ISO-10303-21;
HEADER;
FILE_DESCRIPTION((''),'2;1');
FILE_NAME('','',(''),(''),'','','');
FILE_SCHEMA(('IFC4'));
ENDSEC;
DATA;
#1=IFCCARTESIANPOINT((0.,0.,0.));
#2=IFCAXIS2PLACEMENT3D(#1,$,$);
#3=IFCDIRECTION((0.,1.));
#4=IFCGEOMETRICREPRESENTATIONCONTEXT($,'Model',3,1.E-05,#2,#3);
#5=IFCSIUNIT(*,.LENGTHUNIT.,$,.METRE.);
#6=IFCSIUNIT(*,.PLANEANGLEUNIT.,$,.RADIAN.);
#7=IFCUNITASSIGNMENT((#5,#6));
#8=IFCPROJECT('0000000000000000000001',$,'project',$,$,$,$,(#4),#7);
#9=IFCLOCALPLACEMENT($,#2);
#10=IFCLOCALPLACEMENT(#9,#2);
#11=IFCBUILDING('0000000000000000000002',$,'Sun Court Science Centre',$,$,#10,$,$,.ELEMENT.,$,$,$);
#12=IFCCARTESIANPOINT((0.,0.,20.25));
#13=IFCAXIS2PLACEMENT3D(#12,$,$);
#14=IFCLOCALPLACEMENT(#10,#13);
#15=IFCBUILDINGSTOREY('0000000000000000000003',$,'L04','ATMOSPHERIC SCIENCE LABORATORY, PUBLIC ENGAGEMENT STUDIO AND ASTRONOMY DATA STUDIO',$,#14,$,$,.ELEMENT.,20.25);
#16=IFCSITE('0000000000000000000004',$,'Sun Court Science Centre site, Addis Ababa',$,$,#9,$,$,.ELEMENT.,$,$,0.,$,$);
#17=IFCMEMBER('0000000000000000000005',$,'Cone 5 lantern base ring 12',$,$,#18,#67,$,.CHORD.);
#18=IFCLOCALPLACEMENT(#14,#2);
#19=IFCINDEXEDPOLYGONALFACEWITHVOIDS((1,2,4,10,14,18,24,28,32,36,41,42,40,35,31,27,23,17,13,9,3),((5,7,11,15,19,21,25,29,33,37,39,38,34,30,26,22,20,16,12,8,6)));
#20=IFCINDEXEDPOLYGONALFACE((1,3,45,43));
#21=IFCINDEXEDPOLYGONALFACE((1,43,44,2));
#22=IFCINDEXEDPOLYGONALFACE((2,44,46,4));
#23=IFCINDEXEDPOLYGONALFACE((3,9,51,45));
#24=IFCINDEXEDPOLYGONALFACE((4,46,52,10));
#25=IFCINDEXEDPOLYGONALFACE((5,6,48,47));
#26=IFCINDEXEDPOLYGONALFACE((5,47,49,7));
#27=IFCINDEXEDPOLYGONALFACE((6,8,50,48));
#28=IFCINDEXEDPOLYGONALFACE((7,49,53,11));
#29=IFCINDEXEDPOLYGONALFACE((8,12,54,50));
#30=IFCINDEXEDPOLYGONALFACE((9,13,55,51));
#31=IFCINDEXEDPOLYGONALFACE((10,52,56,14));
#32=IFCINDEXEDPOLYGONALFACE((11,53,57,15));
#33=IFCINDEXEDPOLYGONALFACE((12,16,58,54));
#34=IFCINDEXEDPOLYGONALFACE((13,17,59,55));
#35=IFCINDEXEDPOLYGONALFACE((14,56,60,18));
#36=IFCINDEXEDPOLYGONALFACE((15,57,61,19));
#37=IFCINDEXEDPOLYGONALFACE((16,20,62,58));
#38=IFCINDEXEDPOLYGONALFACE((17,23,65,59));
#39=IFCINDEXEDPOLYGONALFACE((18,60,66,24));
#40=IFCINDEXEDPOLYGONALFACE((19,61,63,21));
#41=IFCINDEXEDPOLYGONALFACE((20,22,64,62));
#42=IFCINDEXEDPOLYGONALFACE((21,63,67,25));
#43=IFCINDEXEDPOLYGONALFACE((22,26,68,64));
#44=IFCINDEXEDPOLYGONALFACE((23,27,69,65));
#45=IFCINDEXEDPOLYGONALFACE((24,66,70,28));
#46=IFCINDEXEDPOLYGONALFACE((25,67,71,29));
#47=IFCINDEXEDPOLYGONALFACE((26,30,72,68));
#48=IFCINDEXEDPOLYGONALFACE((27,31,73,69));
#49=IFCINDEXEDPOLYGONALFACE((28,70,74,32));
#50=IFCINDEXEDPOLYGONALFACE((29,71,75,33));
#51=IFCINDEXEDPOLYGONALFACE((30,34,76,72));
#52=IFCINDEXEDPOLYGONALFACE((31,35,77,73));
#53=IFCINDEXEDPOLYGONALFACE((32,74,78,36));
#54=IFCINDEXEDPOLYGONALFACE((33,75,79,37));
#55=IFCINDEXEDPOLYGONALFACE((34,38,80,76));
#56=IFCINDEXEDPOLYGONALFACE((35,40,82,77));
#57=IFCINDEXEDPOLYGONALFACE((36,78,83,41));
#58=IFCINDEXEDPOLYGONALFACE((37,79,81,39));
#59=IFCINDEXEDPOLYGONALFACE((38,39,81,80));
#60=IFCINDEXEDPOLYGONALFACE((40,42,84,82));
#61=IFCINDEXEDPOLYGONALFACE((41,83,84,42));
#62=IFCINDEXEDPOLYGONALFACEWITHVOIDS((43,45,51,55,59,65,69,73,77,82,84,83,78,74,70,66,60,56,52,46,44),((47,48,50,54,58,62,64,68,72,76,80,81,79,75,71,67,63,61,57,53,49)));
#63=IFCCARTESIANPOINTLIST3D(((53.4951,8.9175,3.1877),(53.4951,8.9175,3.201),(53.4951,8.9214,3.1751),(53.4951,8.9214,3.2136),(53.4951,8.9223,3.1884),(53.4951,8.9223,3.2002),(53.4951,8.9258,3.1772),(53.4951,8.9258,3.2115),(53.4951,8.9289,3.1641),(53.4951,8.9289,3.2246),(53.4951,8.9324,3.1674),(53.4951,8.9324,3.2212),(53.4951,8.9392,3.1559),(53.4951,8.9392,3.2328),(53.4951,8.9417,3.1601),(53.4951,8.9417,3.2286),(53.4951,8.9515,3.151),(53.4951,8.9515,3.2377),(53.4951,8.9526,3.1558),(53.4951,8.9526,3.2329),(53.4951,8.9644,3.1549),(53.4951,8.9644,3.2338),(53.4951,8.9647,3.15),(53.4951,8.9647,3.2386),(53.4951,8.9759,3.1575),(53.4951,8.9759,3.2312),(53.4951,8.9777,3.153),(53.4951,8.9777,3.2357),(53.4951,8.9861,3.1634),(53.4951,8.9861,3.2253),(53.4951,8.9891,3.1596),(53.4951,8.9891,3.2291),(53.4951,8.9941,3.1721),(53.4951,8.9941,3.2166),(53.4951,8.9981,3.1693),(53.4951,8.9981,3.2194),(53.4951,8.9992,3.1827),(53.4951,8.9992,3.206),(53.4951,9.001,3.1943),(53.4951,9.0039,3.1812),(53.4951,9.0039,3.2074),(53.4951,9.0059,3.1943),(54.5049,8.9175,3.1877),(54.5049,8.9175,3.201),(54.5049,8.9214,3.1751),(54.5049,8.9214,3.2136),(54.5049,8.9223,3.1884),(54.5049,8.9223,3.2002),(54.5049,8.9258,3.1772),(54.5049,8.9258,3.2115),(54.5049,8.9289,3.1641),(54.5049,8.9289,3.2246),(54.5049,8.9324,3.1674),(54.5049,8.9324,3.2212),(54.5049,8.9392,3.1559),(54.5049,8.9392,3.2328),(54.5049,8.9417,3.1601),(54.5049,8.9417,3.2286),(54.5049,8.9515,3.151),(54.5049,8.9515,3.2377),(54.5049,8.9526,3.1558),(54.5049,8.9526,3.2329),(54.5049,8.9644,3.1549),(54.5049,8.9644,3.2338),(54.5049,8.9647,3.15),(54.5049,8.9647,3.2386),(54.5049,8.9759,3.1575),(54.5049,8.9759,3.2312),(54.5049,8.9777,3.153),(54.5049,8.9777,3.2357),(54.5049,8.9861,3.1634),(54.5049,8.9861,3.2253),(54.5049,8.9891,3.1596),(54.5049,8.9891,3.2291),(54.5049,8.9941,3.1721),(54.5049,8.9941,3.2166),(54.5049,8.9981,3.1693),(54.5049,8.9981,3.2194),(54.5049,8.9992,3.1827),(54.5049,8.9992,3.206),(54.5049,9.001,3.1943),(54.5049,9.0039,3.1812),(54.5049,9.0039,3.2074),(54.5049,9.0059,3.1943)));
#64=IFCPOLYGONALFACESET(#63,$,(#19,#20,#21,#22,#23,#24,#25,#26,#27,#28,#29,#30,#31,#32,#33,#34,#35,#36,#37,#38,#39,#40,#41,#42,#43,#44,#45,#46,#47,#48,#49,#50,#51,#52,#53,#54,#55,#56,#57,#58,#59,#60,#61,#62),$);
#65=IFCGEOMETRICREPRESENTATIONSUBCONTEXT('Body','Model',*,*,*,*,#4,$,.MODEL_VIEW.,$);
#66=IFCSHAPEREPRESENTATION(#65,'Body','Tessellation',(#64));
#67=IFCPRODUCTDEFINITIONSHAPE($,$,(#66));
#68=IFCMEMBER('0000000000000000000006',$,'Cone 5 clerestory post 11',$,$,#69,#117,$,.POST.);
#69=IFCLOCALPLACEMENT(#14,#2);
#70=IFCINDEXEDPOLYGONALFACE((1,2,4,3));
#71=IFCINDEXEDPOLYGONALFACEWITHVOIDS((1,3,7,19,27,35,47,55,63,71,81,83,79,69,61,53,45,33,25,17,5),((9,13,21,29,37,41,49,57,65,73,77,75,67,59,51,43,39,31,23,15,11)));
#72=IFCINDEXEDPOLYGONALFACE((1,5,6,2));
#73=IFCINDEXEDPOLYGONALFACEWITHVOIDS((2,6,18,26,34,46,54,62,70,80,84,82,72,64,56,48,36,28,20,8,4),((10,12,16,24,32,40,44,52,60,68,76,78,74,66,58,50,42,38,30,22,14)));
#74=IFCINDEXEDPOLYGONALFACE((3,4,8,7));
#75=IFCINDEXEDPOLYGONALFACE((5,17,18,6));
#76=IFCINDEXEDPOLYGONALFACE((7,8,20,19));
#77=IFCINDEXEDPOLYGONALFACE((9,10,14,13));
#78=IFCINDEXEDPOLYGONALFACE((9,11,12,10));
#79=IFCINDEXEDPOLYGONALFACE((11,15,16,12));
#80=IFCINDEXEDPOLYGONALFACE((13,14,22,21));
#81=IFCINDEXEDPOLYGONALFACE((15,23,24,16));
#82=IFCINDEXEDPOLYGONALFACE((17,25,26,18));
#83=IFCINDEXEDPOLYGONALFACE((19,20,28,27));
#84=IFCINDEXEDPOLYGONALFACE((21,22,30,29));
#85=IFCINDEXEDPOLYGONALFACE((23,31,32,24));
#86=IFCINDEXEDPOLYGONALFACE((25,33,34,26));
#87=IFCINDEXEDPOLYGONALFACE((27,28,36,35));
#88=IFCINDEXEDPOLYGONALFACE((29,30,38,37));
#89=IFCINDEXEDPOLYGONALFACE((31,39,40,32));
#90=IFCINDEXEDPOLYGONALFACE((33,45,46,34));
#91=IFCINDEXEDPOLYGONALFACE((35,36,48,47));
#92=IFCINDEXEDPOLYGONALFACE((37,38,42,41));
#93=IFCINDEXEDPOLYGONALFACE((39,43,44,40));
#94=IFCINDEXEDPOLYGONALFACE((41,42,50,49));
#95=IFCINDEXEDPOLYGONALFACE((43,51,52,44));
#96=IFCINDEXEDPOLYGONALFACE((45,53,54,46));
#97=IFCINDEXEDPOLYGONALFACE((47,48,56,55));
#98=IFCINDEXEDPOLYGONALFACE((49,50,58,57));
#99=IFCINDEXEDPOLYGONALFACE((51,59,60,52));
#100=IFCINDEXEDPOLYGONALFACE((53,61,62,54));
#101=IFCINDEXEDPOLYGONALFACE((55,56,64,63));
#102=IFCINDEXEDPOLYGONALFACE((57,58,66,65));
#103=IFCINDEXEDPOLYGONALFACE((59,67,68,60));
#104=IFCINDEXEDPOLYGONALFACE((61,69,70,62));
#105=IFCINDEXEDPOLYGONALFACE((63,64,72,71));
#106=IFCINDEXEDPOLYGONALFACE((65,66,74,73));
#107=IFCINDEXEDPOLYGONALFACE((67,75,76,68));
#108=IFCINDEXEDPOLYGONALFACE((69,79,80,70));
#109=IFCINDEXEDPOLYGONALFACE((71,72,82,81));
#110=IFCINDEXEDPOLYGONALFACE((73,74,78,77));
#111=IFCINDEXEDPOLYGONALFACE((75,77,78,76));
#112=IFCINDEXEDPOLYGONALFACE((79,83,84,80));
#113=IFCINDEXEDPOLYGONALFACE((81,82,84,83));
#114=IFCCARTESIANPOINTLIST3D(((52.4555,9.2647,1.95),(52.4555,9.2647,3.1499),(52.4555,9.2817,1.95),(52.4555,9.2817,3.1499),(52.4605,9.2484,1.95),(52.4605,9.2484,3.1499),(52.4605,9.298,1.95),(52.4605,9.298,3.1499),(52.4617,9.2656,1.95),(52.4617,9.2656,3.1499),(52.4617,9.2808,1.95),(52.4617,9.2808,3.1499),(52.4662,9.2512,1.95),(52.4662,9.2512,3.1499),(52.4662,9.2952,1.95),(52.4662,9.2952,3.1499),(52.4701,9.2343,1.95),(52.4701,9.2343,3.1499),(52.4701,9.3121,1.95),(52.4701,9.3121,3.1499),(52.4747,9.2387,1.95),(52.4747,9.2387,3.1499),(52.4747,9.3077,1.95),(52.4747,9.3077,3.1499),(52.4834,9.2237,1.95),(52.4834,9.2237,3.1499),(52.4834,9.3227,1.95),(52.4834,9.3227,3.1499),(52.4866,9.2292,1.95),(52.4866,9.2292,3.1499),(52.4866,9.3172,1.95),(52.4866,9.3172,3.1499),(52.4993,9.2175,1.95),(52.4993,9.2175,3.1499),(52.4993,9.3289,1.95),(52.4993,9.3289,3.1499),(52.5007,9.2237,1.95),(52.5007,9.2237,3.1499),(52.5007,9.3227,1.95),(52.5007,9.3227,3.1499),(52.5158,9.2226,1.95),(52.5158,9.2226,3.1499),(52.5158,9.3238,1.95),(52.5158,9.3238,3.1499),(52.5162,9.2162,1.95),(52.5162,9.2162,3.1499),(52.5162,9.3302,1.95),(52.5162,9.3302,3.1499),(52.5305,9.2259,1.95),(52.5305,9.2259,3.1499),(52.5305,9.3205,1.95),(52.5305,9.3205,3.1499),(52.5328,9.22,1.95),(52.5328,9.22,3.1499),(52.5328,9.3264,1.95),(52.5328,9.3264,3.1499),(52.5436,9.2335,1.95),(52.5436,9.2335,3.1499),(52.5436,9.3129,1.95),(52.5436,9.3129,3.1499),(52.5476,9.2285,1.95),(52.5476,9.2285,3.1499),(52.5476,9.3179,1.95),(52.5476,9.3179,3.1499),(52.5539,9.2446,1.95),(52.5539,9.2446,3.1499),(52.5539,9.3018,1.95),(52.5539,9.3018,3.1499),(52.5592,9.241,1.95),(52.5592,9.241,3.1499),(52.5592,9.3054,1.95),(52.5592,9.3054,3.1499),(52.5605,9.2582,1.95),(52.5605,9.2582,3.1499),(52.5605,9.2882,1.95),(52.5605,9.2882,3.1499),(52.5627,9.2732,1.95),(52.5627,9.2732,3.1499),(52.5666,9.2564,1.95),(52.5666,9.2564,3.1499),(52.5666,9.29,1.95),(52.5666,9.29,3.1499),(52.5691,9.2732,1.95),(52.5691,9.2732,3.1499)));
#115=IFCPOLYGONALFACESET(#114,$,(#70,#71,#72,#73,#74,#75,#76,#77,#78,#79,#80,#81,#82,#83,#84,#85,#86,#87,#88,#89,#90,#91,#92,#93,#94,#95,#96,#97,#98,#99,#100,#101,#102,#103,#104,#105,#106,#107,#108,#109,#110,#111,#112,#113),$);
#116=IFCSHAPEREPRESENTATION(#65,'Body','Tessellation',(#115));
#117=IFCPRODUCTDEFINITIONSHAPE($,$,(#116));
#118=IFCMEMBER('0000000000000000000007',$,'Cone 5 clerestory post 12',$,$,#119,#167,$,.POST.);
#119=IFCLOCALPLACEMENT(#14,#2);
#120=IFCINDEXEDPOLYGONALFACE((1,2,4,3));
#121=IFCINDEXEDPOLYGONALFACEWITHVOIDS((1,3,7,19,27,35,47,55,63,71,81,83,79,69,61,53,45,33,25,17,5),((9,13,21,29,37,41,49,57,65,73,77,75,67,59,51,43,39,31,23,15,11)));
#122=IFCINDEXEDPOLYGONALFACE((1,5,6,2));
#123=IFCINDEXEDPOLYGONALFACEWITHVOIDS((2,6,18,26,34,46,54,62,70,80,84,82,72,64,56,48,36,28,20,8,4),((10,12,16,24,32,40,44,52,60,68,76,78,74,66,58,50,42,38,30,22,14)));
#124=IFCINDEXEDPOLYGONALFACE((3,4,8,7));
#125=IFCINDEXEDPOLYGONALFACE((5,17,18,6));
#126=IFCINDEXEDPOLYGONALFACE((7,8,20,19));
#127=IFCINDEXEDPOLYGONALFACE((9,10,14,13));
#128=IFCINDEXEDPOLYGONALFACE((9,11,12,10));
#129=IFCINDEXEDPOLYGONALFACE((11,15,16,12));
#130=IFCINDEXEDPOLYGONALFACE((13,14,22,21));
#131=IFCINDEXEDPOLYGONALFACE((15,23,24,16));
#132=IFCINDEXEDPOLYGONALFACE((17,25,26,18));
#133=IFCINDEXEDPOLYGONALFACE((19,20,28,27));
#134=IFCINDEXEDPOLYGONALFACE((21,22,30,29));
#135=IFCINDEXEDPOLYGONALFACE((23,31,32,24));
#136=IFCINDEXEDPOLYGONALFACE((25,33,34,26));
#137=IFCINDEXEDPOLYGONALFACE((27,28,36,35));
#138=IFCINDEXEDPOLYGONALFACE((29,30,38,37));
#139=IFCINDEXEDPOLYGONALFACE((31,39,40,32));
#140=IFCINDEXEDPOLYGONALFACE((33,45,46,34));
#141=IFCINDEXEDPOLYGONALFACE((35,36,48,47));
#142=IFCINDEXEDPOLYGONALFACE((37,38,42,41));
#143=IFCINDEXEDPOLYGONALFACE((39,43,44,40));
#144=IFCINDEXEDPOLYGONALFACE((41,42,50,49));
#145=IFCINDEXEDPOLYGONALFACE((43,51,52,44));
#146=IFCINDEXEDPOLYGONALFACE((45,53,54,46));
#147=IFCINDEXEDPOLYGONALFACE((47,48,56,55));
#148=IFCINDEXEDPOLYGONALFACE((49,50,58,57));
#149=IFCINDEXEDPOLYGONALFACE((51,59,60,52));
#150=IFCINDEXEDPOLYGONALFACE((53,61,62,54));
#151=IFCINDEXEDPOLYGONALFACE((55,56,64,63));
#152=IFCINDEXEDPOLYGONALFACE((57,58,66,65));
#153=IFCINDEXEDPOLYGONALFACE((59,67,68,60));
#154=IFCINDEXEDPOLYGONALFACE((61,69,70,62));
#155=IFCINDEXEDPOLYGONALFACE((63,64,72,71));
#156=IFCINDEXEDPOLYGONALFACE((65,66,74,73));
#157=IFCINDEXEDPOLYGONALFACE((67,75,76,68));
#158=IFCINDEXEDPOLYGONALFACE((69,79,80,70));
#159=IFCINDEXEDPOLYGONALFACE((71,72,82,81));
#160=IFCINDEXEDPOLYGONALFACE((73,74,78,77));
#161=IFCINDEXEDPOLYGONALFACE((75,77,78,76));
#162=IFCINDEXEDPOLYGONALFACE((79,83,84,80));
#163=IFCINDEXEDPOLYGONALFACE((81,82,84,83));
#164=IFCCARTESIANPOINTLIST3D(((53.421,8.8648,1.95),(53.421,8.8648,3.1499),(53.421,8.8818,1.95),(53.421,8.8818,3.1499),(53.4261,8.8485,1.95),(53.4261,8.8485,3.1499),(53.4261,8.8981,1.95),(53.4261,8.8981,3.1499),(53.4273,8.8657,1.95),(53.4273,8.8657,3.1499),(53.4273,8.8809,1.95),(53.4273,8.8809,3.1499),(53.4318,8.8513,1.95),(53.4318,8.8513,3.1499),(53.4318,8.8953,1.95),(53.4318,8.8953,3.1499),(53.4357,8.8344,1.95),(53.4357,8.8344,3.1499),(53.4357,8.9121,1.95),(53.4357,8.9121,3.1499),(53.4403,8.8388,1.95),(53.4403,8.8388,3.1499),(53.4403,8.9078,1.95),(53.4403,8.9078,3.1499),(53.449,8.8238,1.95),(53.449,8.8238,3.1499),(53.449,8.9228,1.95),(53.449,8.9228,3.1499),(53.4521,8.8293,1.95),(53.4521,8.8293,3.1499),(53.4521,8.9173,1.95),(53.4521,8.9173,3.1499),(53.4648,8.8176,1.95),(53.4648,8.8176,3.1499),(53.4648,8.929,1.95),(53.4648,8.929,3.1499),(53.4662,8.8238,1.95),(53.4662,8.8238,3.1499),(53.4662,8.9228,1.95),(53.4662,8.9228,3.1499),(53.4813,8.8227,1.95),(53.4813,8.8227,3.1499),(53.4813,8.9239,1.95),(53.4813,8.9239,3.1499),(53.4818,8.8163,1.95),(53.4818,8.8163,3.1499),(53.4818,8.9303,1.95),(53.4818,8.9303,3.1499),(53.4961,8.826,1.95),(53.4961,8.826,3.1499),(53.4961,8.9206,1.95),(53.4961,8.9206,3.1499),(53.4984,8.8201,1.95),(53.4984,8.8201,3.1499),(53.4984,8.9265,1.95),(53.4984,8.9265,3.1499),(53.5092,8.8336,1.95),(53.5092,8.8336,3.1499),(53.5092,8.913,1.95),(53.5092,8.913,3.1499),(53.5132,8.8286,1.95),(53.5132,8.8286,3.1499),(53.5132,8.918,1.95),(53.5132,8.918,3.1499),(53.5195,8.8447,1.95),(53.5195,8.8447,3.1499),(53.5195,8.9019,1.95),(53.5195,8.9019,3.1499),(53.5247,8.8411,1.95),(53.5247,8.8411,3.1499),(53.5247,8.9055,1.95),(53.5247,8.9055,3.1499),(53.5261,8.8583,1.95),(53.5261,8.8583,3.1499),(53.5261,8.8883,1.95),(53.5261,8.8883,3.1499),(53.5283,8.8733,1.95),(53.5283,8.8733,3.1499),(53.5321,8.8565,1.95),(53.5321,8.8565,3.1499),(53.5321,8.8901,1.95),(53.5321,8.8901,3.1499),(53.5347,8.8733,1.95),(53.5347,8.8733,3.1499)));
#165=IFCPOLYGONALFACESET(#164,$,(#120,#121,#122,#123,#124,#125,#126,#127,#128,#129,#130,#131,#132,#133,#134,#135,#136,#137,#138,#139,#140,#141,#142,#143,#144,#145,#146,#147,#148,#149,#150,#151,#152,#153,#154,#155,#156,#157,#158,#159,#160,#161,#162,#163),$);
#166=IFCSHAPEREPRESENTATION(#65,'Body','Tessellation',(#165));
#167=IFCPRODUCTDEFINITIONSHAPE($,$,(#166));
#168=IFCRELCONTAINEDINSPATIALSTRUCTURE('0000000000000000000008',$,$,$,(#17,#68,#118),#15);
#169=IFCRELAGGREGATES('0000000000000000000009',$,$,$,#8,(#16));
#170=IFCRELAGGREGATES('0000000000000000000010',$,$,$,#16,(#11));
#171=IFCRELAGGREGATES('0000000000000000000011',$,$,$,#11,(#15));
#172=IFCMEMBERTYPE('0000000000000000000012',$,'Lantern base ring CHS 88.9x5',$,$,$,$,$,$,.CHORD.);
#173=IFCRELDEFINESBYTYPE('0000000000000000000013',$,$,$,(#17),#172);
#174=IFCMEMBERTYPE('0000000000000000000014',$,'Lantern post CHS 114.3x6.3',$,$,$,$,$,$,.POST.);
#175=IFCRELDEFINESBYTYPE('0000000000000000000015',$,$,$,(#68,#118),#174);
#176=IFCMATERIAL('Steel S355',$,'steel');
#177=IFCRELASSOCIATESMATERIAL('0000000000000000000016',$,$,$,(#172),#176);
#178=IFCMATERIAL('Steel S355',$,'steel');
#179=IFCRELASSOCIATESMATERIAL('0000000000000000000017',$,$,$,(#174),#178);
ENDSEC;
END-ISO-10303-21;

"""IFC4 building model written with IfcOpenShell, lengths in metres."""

from ifc_helpers import new_model, si_unit, direction, frame, origin, origin_2d, place, context, subcontext, project, spatial, hollow_circle, extrude, material, material_profile, profile_set, type_object, element, save


model = new_model("IFC4")

# Units and contexts
model_context = context("Model", 3, precision=1e-05, world=origin(), true_north=direction((0.0, 1.0)))
body_context = subcontext(model_context, "Body", "Model", "MODEL_VIEW")
ifc_project = project(units=[si_unit("LENGTHUNIT", "METRE"), si_unit("PLANEANGLEUNIT", "RADIAN")], contexts=[model_context])

# Site, building, storey
site_placement = place(None, origin())
site = spatial("IfcSite", under=ifc_project, at=site_placement, Name="Sun Court Science Centre site, Addis Ababa", CompositionType="ELEMENT", RefElevation=0.0)
building_placement = place(site_placement, origin())
building = spatial("IfcBuilding", under=site, at=building_placement, Name="Sun Court Science Centre", CompositionType="ELEMENT")
storey_placement = place(building_placement, frame((0.0, 0.0, 20.25)))
storey = spatial("IfcBuildingStorey", under=building, at=storey_placement, Name="L04", Description="ATMOSPHERIC SCIENCE LABORATORY, PUBLIC ENGAGEMENT STUDIO AND ASTRONOMY DATA STUDIO", CompositionType="ELEMENT", Elevation=20.25)

# Members
ifc_material_1 = material(Name="Steel S355", Category="steel")
ifc_material_profile_1 = material_profile(ifc_material_1, hollow_circle(Radius=0.0444, WallThickness=0.0049, at=origin_2d()), Name="CHS 88.9x5")
ifc_profile_set_1 = profile_set([ifc_material_profile_1], Name="Steel S355")
member_type_1 = type_object("IfcMemberType", Name="Lantern base ring CHS 88.9x5", PredefinedType="CHORD", material=ifc_profile_set_1)
member_1_placement = place(storey_placement, frame((53.4951, 8.9614, 3.1943), z_axis=(1.0, 0.0, 0.0), x_axis=(0.0, 1.0, 0.0)))
element("IfcMember", 1, at=member_1_placement, inside=storey, type_object=member_type_1, Name="Cone 5 lantern base ring 12", PredefinedType="CHORD", context=body_context, shape_type="SweptSolid", body=[
    extrude(hollow_circle(Radius=0.0444, WallThickness=0.0049, at=origin_2d()), origin(), (0.0, 0.0, 1.0), 1.0098),
])
ifc_material_2 = material(Name="Steel S355", Category="steel")
ifc_material_profile_2 = material_profile(ifc_material_2, hollow_circle(Radius=0.0571, WallThickness=0.0063, at=origin_2d()), Name="CHS 114.3x6.3")
ifc_profile_set_2 = profile_set([ifc_material_profile_2], Name="Steel S355")
member_type_2 = type_object("IfcMemberType", Name="Lantern post CHS 114.3x6.3", PredefinedType="POST", material=ifc_profile_set_2)
for number, where, z_axis, x_axis, name in (
    (2, (52.512, 9.2732, 1.95), (0.0, 0.0, 1.0), (1.0, 0.0, 0.0), "Cone 5 clerestory post 11"),
    (3, (53.4775, 8.8733, 1.95), (0.0, 0.0, 1.0), (1.0, 0.0, 0.0), "Cone 5 clerestory post 12"),
):
    element("IfcMember", number, at=place(storey_placement, frame(where, z_axis=z_axis, x_axis=x_axis)), inside=storey, type_object=member_type_2, Name=name, PredefinedType="POST", context=body_context, shape_type="SweptSolid", body=[
        extrude(hollow_circle(Radius=0.0571, WallThickness=0.0063, at=origin_2d()), origin(), (0.0, 0.0, 1.0), 1.2),
    ])

save(model, "model.ifc")
